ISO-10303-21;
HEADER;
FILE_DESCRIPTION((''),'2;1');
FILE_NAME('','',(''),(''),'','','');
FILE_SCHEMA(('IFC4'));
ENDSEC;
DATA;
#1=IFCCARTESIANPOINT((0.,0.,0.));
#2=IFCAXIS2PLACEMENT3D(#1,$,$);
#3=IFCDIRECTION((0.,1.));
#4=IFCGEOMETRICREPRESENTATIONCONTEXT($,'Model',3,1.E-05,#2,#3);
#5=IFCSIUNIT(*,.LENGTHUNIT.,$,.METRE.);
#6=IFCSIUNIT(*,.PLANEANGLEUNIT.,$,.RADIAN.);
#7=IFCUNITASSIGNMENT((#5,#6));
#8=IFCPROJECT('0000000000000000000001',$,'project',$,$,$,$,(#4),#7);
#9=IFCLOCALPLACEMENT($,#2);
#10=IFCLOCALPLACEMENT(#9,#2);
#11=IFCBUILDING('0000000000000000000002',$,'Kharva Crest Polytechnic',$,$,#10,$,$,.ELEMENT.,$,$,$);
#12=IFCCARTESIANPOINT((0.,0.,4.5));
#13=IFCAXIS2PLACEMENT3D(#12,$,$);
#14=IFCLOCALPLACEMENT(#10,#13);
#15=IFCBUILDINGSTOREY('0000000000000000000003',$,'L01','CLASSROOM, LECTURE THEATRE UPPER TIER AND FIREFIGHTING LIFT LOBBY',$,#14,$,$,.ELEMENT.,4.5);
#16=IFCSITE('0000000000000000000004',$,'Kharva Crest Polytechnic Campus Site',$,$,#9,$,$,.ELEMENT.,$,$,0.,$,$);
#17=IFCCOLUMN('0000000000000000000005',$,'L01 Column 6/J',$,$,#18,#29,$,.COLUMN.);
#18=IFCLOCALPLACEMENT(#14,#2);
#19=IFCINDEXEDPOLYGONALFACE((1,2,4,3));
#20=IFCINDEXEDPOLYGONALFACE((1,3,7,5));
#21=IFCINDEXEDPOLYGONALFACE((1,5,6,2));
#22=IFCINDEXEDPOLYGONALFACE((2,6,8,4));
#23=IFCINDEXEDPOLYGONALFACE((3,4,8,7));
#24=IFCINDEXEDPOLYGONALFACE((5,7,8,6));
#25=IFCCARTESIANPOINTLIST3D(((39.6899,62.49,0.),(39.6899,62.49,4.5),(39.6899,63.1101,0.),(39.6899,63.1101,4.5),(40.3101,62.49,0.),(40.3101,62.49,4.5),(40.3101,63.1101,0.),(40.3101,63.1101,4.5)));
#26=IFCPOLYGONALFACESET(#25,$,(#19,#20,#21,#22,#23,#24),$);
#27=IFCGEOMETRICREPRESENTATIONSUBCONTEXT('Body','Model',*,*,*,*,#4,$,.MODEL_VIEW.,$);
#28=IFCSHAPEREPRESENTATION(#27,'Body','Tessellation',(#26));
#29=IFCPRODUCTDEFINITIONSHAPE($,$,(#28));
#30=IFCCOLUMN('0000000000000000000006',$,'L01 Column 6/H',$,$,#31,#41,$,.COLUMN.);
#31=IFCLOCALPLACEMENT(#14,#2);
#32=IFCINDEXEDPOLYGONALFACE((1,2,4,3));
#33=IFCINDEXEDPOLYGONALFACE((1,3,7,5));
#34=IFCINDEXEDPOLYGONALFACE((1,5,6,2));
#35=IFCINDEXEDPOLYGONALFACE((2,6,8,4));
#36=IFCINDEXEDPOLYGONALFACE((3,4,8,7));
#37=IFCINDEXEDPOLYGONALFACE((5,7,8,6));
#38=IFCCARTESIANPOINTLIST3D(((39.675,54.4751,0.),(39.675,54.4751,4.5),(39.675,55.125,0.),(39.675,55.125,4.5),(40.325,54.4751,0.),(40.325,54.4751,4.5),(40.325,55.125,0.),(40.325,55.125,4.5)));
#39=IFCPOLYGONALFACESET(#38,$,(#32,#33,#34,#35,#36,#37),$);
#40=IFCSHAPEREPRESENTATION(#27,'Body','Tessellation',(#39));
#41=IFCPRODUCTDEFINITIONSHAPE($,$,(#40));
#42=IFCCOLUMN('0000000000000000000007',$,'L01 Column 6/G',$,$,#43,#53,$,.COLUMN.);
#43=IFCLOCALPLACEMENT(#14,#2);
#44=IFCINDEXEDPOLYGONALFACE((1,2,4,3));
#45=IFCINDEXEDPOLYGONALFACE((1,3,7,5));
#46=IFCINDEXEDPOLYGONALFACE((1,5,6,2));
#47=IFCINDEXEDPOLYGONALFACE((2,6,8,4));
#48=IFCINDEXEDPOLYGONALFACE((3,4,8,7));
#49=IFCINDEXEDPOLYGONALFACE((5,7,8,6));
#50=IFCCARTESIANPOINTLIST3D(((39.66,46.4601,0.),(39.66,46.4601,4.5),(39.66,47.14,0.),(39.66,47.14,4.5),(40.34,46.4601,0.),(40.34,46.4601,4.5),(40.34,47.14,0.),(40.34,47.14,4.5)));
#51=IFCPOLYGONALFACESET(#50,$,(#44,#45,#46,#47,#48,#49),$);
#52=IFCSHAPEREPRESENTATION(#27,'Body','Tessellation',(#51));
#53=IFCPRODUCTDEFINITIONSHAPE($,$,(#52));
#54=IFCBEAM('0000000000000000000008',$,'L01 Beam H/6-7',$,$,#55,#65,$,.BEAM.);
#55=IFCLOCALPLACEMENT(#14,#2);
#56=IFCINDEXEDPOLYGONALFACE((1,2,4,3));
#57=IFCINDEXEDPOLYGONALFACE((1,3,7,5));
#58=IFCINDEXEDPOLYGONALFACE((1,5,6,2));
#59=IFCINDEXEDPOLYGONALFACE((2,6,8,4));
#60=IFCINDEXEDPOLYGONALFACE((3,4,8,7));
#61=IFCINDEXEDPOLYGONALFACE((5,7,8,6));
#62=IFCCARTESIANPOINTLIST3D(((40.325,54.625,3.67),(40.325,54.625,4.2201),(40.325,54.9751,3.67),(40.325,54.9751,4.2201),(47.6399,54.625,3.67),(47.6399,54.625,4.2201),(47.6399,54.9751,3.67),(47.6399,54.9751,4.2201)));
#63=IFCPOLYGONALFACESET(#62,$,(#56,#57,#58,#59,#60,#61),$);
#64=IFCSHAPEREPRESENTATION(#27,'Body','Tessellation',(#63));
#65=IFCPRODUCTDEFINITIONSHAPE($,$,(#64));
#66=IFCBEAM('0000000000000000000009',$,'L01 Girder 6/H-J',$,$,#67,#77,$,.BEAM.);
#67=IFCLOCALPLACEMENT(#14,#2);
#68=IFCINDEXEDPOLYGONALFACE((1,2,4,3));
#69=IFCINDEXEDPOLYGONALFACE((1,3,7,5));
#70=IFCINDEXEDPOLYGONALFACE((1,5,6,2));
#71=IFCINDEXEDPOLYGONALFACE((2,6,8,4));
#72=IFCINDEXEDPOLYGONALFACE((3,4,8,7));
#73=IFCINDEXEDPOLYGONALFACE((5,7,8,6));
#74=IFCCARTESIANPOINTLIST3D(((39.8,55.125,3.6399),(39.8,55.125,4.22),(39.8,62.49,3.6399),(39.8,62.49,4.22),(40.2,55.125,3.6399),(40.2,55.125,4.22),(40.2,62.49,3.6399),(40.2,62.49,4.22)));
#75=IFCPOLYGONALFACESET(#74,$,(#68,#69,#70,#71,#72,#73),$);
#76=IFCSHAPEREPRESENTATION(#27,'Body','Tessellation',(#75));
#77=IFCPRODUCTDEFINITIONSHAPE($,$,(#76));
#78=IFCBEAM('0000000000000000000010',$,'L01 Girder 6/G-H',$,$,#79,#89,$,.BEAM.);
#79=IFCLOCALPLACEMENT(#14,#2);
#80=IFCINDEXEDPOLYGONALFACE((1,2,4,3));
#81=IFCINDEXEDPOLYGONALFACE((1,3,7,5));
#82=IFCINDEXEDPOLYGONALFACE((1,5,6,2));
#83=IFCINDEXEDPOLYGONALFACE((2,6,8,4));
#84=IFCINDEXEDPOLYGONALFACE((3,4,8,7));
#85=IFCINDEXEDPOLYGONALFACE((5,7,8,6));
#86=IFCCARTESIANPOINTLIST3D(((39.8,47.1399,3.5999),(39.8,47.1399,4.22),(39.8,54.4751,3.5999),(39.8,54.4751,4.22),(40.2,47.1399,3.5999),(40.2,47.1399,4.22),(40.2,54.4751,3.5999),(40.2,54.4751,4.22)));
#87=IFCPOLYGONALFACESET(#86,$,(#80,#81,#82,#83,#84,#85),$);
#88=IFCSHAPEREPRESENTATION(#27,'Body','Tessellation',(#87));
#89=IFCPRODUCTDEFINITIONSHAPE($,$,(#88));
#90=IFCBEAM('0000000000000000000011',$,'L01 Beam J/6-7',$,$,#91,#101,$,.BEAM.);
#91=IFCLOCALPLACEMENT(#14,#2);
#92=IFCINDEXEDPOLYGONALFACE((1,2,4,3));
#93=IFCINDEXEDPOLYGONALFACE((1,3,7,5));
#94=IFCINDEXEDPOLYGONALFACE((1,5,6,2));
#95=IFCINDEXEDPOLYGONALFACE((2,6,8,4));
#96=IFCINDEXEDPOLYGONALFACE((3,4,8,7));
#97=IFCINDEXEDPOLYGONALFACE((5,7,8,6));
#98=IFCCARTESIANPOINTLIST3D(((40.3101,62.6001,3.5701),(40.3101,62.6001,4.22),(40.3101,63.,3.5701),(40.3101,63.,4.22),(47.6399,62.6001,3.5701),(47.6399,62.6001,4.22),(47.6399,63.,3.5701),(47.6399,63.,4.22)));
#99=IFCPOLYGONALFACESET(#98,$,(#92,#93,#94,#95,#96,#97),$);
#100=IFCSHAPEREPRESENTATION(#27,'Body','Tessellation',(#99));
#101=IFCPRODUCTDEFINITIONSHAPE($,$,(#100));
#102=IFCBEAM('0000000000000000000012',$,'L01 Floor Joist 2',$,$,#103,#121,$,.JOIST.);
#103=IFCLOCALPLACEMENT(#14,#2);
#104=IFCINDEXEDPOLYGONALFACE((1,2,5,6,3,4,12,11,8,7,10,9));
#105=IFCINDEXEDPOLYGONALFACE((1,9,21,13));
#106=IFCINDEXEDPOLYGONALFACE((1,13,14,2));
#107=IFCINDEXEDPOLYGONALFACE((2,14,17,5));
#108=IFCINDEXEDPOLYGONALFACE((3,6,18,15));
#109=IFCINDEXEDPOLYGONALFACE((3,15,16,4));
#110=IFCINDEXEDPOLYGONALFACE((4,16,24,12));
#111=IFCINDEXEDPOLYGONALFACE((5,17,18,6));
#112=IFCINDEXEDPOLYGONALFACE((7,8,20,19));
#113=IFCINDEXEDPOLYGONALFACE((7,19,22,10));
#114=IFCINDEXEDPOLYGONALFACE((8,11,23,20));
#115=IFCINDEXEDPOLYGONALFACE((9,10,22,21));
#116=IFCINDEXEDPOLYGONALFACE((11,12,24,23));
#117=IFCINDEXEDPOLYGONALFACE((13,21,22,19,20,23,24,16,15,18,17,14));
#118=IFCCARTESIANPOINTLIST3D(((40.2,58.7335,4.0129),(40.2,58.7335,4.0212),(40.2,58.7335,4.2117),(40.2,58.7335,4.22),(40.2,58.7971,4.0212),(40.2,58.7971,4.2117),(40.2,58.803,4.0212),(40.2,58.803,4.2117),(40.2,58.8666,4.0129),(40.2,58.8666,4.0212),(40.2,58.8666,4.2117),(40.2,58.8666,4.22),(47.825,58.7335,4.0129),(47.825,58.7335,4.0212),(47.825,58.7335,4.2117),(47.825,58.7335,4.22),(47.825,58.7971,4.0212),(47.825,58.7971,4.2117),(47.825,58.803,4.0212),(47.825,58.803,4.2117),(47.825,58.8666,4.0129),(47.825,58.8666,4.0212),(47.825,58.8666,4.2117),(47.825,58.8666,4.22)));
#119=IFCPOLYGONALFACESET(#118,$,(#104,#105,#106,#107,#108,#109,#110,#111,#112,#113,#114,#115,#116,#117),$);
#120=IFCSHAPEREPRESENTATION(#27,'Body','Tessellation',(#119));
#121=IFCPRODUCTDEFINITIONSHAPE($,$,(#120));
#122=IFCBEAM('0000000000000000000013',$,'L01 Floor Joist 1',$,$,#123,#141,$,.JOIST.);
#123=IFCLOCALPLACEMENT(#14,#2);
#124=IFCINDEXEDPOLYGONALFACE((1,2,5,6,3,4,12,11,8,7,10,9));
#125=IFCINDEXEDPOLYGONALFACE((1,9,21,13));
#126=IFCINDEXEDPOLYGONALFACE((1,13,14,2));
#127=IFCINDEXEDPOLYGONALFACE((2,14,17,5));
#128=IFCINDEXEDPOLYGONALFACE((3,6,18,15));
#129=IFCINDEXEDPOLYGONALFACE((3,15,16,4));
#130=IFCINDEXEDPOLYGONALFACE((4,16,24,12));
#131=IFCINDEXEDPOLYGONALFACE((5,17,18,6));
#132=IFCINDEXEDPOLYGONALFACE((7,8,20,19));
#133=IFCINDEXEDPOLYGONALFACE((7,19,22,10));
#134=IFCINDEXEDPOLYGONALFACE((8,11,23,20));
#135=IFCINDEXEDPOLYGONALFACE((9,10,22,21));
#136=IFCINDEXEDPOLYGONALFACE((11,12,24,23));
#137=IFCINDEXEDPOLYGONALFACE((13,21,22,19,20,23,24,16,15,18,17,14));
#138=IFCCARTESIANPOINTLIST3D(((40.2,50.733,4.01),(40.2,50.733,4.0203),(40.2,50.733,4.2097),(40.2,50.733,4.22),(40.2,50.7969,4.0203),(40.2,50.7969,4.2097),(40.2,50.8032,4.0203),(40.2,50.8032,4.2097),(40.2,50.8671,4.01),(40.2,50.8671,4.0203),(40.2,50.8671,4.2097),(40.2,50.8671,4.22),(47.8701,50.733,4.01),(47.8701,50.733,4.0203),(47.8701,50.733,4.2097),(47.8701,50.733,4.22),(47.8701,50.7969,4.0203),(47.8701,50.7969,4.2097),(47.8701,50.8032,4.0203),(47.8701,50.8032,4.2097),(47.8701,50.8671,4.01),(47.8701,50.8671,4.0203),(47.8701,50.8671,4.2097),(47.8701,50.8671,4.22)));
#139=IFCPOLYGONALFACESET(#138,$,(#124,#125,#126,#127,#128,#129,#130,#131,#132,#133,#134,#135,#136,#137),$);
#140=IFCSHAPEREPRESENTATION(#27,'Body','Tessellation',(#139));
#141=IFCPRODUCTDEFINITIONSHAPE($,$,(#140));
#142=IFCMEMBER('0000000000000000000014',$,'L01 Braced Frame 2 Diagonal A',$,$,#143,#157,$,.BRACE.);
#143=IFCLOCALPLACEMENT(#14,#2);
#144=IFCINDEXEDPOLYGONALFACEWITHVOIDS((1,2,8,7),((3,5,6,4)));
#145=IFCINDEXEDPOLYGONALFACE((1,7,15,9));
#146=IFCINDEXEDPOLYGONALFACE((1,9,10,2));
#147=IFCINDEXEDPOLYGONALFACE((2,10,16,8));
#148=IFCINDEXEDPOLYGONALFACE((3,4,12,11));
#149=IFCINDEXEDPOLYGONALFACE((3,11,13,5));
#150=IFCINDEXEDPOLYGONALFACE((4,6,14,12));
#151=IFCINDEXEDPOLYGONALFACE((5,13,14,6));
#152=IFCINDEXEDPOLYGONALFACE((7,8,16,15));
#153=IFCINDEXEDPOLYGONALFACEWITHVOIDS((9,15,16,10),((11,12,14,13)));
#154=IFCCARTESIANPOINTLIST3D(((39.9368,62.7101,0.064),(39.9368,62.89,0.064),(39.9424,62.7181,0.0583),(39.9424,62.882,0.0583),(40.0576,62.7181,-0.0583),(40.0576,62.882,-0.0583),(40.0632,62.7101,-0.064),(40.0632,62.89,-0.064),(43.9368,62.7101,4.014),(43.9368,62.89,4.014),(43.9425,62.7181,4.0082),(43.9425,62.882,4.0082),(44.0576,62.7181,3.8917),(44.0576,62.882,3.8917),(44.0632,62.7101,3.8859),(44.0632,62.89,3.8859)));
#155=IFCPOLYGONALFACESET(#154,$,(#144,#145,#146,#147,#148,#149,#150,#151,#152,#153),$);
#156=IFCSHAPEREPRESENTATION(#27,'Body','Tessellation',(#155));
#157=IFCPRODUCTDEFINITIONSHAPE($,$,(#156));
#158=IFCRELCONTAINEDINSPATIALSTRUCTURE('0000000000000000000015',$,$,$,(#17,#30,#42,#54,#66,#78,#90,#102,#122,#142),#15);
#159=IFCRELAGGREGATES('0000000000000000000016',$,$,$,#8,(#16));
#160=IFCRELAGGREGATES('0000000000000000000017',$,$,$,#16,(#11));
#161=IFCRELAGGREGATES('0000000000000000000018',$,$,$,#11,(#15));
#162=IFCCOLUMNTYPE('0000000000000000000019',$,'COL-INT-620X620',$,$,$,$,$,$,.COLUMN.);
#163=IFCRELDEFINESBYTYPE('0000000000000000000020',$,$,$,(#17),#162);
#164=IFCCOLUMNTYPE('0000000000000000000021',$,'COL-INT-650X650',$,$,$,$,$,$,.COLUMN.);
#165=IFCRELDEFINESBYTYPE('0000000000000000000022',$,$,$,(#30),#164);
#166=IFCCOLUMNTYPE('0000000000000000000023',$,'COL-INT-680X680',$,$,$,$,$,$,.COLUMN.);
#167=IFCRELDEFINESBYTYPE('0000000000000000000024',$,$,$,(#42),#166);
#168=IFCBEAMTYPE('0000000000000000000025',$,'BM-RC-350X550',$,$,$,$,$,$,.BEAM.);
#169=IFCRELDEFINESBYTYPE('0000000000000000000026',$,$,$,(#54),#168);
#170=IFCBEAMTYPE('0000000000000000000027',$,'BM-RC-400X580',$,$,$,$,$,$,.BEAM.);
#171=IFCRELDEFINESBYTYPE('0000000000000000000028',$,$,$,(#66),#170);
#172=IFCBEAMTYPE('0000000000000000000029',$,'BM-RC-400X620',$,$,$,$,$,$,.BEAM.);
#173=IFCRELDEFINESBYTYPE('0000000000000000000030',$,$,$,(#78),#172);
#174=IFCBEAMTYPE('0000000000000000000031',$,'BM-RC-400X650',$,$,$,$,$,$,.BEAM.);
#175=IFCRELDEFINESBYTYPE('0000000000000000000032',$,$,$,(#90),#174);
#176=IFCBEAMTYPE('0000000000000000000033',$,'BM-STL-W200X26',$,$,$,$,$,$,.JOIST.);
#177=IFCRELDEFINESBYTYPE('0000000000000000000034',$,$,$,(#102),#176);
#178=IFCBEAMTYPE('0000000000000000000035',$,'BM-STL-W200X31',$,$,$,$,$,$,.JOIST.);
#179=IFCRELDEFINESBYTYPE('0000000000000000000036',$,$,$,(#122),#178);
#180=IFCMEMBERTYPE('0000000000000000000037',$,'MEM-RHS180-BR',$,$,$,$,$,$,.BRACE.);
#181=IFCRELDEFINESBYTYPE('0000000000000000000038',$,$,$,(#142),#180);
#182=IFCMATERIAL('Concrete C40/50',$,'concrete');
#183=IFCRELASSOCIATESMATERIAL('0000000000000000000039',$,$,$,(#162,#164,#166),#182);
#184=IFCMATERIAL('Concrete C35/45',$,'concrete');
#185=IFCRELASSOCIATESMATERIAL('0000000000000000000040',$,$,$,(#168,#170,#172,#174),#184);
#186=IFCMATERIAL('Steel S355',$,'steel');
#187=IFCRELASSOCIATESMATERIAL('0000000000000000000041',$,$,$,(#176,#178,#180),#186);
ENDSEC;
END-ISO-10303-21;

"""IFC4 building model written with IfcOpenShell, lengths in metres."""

from ifc_helpers import new_model, si_unit, direction, frame, origin, origin_2d, place, context, subcontext, project, spatial, rectangle, hollow_rectangle, i_section, extrude, material, material_profile, profile_set, type_object, element, save


model = new_model("IFC4")

# Units and contexts
model_context = context("Model", 3, precision=1e-05, world=origin(), true_north=direction((0.0, 1.0)))
body_context = subcontext(model_context, "Body", "Model", "MODEL_VIEW")
ifc_project = project(units=[si_unit("LENGTHUNIT", "METRE"), si_unit("PLANEANGLEUNIT", "RADIAN")], contexts=[model_context])

# Site, building, storey
site_placement = place(None, origin())
site = spatial("IfcSite", under=ifc_project, at=site_placement, Name="Kharva Crest Polytechnic Campus Site", CompositionType="ELEMENT", RefElevation=0.0)
building_placement = place(site_placement, origin())
building = spatial("IfcBuilding", under=site, at=building_placement, Name="Kharva Crest Polytechnic", CompositionType="ELEMENT")
storey_placement = place(building_placement, frame((0.0, 0.0, 4.5)))
storey = spatial("IfcBuildingStorey", under=building, at=storey_placement, Name="L01", Description="CLASSROOM, LECTURE THEATRE UPPER TIER AND FIREFIGHTING LIFT LOBBY", CompositionType="ELEMENT", Elevation=4.5)

# Columns
ifc_material_1 = material(Name="Concrete C40/50", Category="concrete")
ifc_material_profile_1 = material_profile(ifc_material_1, rectangle(XDim=0.6201, YDim=0.6201, at=origin_2d()), Name="RECT 620 X 620")
ifc_profile_set_1 = profile_set([ifc_material_profile_1], Name="Concrete C40/50")
column_type_1 = type_object("IfcColumnType", Name="COL-INT-620X620", PredefinedType="COLUMN", material=ifc_profile_set_1)
column_1_placement = place(storey_placement, frame((40.0, 62.8, 0.0), z_axis=(0.0, 0.0, 1.0), x_axis=(1.0, 0.0, 0.0)))
element("IfcColumn", 1, at=column_1_placement, inside=storey, type_object=column_type_1, Name="L01 Column 6/J", PredefinedType="COLUMN", context=body_context, shape_type="SweptSolid", body=[
    extrude(rectangle(XDim=0.6201, YDim=0.6201, at=origin_2d()), origin(), (0.0, 0.0, 1.0), 4.5),
])
ifc_material_profile_2 = material_profile(ifc_material_1, rectangle(XDim=0.6499, YDim=0.6499, at=origin_2d()), Name="RECT 650 X 650")
ifc_profile_set_2 = profile_set([ifc_material_profile_2], Name="Concrete C40/50")
column_type_2 = type_object("IfcColumnType", Name="COL-INT-650X650", PredefinedType="COLUMN", material=ifc_profile_set_2)
column_2_placement = place(storey_placement, frame((40.0, 54.8, 0.0), z_axis=(0.0, 0.0, 1.0), x_axis=(1.0, 0.0, 0.0)))
element("IfcColumn", 2, at=column_2_placement, inside=storey, type_object=column_type_2, Name="L01 Column 6/H", PredefinedType="COLUMN", context=body_context, shape_type="SweptSolid", body=[
    extrude(rectangle(XDim=0.6499, YDim=0.6499, at=origin_2d()), origin(), (0.0, 0.0, 1.0), 4.5),
])
ifc_material_profile_3 = material_profile(ifc_material_1, rectangle(XDim=0.6799, YDim=0.6799, at=origin_2d()), Name="RECT 680 X 680")
ifc_profile_set_3 = profile_set([ifc_material_profile_3], Name="Concrete C40/50")
column_type_3 = type_object("IfcColumnType", Name="COL-INT-680X680", PredefinedType="COLUMN", material=ifc_profile_set_3)
column_3_placement = place(storey_placement, frame((40.0, 46.8, 0.0), z_axis=(0.0, 0.0, 1.0), x_axis=(1.0, 0.0, 0.0)))
element("IfcColumn", 3, at=column_3_placement, inside=storey, type_object=column_type_3, Name="L01 Column 6/G", PredefinedType="COLUMN", context=body_context, shape_type="SweptSolid", body=[
    extrude(rectangle(XDim=0.6799, YDim=0.6799, at=origin_2d()), origin(), (0.0, 0.0, 1.0), 4.5),
])

# Beams
ifc_material_2 = material(Name="Concrete C35/45", Category="concrete")
ifc_material_profile_4 = material_profile(ifc_material_2, rectangle(XDim=0.3501, YDim=0.55, at=origin_2d()), Name="RECT 350 X 550")
ifc_profile_set_4 = profile_set([ifc_material_profile_4], Name="Concrete C35/45")
beam_type_1 = type_object("IfcBeamType", Name="BM-RC-350X550", PredefinedType="BEAM", material=ifc_profile_set_4)
beam_1_placement = place(storey_placement, frame((40.325, 54.8, 3.9451), z_axis=(1.0, 0.0, 0.0), x_axis=(0.0, 1.0, 0.0)))
element("IfcBeam", 4, at=beam_1_placement, inside=storey, type_object=beam_type_1, Name="L01 Beam H/6-7", PredefinedType="BEAM", context=body_context, shape_type="SweptSolid", body=[
    extrude(rectangle(XDim=0.3501, YDim=0.55, at=origin_2d()), origin(), (0.0, 0.0, 1.0), 7.3149),
])
ifc_material_profile_5 = material_profile(ifc_material_2, rectangle(XDim=0.3999, YDim=0.5801, at=origin_2d()), Name="RECT 400 X 580")
ifc_profile_set_5 = profile_set([ifc_material_profile_5], Name="Concrete C35/45")
beam_type_2 = type_object("IfcBeamType", Name="BM-RC-400X580", PredefinedType="BEAM", material=ifc_profile_set_5)
beam_2_placement = place(storey_placement, frame((40.0, 55.125, 3.9299), z_axis=(0.0, 1.0, 0.0), x_axis=(-1.0, 0.0, 0.0)))
element("IfcBeam", 5, at=beam_2_placement, inside=storey, type_object=beam_type_2, Name="L01 Girder 6/H-J", PredefinedType="BEAM", context=body_context, shape_type="SweptSolid", body=[
    extrude(rectangle(XDim=0.3999, YDim=0.5801, at=origin_2d()), origin(), (0.0, 0.0, 1.0), 7.365),
])
ifc_material_profile_6 = material_profile(ifc_material_2, rectangle(XDim=0.3999, YDim=0.6201, at=origin_2d()), Name="RECT 400 X 620")
ifc_profile_set_6 = profile_set([ifc_material_profile_6], Name="Concrete C35/45")
beam_type_3 = type_object("IfcBeamType", Name="BM-RC-400X620", PredefinedType="BEAM", material=ifc_profile_set_6)
beam_3_placement = place(storey_placement, frame((40.0, 47.1399, 3.9099), z_axis=(0.0, 1.0, 0.0), x_axis=(-1.0, 0.0, 0.0)))
element("IfcBeam", 6, at=beam_3_placement, inside=storey, type_object=beam_type_3, Name="L01 Girder 6/G-H", PredefinedType="BEAM", context=body_context, shape_type="SweptSolid", body=[
    extrude(rectangle(XDim=0.3999, YDim=0.6201, at=origin_2d()), origin(), (0.0, 0.0, 1.0), 7.3352),
])
ifc_material_profile_7 = material_profile(ifc_material_2, rectangle(XDim=0.3999, YDim=0.6499, at=origin_2d()), Name="RECT 400 X 650")
ifc_profile_set_7 = profile_set([ifc_material_profile_7], Name="Concrete C35/45")
beam_type_4 = type_object("IfcBeamType", Name="BM-RC-400X650", PredefinedType="BEAM", material=ifc_profile_set_7)
beam_4_placement = place(storey_placement, frame((40.3101, 62.8, 3.895), z_axis=(1.0, 0.0, 0.0), x_axis=(0.0, 1.0, 0.0)))
element("IfcBeam", 7, at=beam_4_placement, inside=storey, type_object=beam_type_4, Name="L01 Beam J/6-7", PredefinedType="BEAM", context=body_context, shape_type="SweptSolid", body=[
    extrude(rectangle(XDim=0.3999, YDim=0.6499, at=origin_2d()), origin(), (0.0, 0.0, 1.0), 7.3298),
])
ifc_material_3 = material(Name="Steel S355", Category="steel")
ifc_material_profile_8 = material_profile(ifc_material_3, i_section(OverallWidth=0.1331, OverallDepth=0.207, WebThickness=0.0059, FlangeThickness=0.0083, at=origin_2d()), Name="W200X26.6")
ifc_profile_set_8 = profile_set([ifc_material_profile_8], Name="Steel S355")
beam_type_5 = type_object("IfcBeamType", Name="BM-STL-W200X26", PredefinedType="JOIST", material=ifc_profile_set_8)
beam_5_placement = place(storey_placement, frame((40.2, 58.8, 4.1165), z_axis=(1.0, 0.0, 0.0), x_axis=(0.0, 1.0, 0.0)))
element("IfcBeam", 8, at=beam_5_placement, inside=storey, type_object=beam_type_5, Name="L01 Floor Joist 2", PredefinedType="JOIST", context=body_context, shape_type="SweptSolid", body=[
    extrude(i_section(OverallWidth=0.1331, OverallDepth=0.207, WebThickness=0.0059, FlangeThickness=0.0083, at=origin_2d()), origin(), (0.0, 0.0, 1.0), 7.625),
])
ifc_material_profile_9 = material_profile(ifc_material_3, i_section(OverallWidth=0.134, OverallDepth=0.21, WebThickness=0.0063, FlangeThickness=0.0103, at=origin_2d()), Name="W200X31.3")
ifc_profile_set_9 = profile_set([ifc_material_profile_9], Name="Steel S355")
beam_type_6 = type_object("IfcBeamType", Name="BM-STL-W200X31", PredefinedType="JOIST", material=ifc_profile_set_9)
beam_6_placement = place(storey_placement, frame((40.2, 50.8, 4.115), z_axis=(1.0, 0.0, 0.0), x_axis=(0.0, 1.0, 0.0)))
element("IfcBeam", 9, at=beam_6_placement, inside=storey, type_object=beam_type_6, Name="L01 Floor Joist 1", PredefinedType="JOIST", context=body_context, shape_type="SweptSolid", body=[
    extrude(i_section(OverallWidth=0.134, OverallDepth=0.21, WebThickness=0.0063, FlangeThickness=0.0103, at=origin_2d()), origin(), (0.0, 0.0, 1.0), 7.6702),
])

# Member
ifc_material_profile_10 = material_profile(ifc_material_3, hollow_rectangle(XDim=0.1799, YDim=0.1799, WallThickness=0.0081, at=origin_2d()), Name="RHS 180X180X8.0")
ifc_profile_set_10 = profile_set([ifc_material_profile_10], Name="Steel S355")
member_type_1 = type_object("IfcMemberType", Name="MEM-RHS180-BR", PredefinedType="BRACE", material=ifc_profile_set_10)
member_1_placement = place(storey_placement, frame((40.0, 62.8, 0.0), z_axis=(0.711544, 0.0, 0.702641), x_axis=(0.0, 1.0, 0.0)))
element("IfcMember", 10, at=member_1_placement, inside=storey, type_object=member_type_1, Name="L01 Braced Frame 2 Diagonal A", PredefinedType="BRACE", context=body_context, shape_type="SweptSolid", body=[
    extrude(hollow_rectangle(XDim=0.1799, YDim=0.1799, WallThickness=0.0081, at=origin_2d()), origin(), (0.0, 0.0, 1.0), 5.6216),
])

save(model, "model.ifc")
